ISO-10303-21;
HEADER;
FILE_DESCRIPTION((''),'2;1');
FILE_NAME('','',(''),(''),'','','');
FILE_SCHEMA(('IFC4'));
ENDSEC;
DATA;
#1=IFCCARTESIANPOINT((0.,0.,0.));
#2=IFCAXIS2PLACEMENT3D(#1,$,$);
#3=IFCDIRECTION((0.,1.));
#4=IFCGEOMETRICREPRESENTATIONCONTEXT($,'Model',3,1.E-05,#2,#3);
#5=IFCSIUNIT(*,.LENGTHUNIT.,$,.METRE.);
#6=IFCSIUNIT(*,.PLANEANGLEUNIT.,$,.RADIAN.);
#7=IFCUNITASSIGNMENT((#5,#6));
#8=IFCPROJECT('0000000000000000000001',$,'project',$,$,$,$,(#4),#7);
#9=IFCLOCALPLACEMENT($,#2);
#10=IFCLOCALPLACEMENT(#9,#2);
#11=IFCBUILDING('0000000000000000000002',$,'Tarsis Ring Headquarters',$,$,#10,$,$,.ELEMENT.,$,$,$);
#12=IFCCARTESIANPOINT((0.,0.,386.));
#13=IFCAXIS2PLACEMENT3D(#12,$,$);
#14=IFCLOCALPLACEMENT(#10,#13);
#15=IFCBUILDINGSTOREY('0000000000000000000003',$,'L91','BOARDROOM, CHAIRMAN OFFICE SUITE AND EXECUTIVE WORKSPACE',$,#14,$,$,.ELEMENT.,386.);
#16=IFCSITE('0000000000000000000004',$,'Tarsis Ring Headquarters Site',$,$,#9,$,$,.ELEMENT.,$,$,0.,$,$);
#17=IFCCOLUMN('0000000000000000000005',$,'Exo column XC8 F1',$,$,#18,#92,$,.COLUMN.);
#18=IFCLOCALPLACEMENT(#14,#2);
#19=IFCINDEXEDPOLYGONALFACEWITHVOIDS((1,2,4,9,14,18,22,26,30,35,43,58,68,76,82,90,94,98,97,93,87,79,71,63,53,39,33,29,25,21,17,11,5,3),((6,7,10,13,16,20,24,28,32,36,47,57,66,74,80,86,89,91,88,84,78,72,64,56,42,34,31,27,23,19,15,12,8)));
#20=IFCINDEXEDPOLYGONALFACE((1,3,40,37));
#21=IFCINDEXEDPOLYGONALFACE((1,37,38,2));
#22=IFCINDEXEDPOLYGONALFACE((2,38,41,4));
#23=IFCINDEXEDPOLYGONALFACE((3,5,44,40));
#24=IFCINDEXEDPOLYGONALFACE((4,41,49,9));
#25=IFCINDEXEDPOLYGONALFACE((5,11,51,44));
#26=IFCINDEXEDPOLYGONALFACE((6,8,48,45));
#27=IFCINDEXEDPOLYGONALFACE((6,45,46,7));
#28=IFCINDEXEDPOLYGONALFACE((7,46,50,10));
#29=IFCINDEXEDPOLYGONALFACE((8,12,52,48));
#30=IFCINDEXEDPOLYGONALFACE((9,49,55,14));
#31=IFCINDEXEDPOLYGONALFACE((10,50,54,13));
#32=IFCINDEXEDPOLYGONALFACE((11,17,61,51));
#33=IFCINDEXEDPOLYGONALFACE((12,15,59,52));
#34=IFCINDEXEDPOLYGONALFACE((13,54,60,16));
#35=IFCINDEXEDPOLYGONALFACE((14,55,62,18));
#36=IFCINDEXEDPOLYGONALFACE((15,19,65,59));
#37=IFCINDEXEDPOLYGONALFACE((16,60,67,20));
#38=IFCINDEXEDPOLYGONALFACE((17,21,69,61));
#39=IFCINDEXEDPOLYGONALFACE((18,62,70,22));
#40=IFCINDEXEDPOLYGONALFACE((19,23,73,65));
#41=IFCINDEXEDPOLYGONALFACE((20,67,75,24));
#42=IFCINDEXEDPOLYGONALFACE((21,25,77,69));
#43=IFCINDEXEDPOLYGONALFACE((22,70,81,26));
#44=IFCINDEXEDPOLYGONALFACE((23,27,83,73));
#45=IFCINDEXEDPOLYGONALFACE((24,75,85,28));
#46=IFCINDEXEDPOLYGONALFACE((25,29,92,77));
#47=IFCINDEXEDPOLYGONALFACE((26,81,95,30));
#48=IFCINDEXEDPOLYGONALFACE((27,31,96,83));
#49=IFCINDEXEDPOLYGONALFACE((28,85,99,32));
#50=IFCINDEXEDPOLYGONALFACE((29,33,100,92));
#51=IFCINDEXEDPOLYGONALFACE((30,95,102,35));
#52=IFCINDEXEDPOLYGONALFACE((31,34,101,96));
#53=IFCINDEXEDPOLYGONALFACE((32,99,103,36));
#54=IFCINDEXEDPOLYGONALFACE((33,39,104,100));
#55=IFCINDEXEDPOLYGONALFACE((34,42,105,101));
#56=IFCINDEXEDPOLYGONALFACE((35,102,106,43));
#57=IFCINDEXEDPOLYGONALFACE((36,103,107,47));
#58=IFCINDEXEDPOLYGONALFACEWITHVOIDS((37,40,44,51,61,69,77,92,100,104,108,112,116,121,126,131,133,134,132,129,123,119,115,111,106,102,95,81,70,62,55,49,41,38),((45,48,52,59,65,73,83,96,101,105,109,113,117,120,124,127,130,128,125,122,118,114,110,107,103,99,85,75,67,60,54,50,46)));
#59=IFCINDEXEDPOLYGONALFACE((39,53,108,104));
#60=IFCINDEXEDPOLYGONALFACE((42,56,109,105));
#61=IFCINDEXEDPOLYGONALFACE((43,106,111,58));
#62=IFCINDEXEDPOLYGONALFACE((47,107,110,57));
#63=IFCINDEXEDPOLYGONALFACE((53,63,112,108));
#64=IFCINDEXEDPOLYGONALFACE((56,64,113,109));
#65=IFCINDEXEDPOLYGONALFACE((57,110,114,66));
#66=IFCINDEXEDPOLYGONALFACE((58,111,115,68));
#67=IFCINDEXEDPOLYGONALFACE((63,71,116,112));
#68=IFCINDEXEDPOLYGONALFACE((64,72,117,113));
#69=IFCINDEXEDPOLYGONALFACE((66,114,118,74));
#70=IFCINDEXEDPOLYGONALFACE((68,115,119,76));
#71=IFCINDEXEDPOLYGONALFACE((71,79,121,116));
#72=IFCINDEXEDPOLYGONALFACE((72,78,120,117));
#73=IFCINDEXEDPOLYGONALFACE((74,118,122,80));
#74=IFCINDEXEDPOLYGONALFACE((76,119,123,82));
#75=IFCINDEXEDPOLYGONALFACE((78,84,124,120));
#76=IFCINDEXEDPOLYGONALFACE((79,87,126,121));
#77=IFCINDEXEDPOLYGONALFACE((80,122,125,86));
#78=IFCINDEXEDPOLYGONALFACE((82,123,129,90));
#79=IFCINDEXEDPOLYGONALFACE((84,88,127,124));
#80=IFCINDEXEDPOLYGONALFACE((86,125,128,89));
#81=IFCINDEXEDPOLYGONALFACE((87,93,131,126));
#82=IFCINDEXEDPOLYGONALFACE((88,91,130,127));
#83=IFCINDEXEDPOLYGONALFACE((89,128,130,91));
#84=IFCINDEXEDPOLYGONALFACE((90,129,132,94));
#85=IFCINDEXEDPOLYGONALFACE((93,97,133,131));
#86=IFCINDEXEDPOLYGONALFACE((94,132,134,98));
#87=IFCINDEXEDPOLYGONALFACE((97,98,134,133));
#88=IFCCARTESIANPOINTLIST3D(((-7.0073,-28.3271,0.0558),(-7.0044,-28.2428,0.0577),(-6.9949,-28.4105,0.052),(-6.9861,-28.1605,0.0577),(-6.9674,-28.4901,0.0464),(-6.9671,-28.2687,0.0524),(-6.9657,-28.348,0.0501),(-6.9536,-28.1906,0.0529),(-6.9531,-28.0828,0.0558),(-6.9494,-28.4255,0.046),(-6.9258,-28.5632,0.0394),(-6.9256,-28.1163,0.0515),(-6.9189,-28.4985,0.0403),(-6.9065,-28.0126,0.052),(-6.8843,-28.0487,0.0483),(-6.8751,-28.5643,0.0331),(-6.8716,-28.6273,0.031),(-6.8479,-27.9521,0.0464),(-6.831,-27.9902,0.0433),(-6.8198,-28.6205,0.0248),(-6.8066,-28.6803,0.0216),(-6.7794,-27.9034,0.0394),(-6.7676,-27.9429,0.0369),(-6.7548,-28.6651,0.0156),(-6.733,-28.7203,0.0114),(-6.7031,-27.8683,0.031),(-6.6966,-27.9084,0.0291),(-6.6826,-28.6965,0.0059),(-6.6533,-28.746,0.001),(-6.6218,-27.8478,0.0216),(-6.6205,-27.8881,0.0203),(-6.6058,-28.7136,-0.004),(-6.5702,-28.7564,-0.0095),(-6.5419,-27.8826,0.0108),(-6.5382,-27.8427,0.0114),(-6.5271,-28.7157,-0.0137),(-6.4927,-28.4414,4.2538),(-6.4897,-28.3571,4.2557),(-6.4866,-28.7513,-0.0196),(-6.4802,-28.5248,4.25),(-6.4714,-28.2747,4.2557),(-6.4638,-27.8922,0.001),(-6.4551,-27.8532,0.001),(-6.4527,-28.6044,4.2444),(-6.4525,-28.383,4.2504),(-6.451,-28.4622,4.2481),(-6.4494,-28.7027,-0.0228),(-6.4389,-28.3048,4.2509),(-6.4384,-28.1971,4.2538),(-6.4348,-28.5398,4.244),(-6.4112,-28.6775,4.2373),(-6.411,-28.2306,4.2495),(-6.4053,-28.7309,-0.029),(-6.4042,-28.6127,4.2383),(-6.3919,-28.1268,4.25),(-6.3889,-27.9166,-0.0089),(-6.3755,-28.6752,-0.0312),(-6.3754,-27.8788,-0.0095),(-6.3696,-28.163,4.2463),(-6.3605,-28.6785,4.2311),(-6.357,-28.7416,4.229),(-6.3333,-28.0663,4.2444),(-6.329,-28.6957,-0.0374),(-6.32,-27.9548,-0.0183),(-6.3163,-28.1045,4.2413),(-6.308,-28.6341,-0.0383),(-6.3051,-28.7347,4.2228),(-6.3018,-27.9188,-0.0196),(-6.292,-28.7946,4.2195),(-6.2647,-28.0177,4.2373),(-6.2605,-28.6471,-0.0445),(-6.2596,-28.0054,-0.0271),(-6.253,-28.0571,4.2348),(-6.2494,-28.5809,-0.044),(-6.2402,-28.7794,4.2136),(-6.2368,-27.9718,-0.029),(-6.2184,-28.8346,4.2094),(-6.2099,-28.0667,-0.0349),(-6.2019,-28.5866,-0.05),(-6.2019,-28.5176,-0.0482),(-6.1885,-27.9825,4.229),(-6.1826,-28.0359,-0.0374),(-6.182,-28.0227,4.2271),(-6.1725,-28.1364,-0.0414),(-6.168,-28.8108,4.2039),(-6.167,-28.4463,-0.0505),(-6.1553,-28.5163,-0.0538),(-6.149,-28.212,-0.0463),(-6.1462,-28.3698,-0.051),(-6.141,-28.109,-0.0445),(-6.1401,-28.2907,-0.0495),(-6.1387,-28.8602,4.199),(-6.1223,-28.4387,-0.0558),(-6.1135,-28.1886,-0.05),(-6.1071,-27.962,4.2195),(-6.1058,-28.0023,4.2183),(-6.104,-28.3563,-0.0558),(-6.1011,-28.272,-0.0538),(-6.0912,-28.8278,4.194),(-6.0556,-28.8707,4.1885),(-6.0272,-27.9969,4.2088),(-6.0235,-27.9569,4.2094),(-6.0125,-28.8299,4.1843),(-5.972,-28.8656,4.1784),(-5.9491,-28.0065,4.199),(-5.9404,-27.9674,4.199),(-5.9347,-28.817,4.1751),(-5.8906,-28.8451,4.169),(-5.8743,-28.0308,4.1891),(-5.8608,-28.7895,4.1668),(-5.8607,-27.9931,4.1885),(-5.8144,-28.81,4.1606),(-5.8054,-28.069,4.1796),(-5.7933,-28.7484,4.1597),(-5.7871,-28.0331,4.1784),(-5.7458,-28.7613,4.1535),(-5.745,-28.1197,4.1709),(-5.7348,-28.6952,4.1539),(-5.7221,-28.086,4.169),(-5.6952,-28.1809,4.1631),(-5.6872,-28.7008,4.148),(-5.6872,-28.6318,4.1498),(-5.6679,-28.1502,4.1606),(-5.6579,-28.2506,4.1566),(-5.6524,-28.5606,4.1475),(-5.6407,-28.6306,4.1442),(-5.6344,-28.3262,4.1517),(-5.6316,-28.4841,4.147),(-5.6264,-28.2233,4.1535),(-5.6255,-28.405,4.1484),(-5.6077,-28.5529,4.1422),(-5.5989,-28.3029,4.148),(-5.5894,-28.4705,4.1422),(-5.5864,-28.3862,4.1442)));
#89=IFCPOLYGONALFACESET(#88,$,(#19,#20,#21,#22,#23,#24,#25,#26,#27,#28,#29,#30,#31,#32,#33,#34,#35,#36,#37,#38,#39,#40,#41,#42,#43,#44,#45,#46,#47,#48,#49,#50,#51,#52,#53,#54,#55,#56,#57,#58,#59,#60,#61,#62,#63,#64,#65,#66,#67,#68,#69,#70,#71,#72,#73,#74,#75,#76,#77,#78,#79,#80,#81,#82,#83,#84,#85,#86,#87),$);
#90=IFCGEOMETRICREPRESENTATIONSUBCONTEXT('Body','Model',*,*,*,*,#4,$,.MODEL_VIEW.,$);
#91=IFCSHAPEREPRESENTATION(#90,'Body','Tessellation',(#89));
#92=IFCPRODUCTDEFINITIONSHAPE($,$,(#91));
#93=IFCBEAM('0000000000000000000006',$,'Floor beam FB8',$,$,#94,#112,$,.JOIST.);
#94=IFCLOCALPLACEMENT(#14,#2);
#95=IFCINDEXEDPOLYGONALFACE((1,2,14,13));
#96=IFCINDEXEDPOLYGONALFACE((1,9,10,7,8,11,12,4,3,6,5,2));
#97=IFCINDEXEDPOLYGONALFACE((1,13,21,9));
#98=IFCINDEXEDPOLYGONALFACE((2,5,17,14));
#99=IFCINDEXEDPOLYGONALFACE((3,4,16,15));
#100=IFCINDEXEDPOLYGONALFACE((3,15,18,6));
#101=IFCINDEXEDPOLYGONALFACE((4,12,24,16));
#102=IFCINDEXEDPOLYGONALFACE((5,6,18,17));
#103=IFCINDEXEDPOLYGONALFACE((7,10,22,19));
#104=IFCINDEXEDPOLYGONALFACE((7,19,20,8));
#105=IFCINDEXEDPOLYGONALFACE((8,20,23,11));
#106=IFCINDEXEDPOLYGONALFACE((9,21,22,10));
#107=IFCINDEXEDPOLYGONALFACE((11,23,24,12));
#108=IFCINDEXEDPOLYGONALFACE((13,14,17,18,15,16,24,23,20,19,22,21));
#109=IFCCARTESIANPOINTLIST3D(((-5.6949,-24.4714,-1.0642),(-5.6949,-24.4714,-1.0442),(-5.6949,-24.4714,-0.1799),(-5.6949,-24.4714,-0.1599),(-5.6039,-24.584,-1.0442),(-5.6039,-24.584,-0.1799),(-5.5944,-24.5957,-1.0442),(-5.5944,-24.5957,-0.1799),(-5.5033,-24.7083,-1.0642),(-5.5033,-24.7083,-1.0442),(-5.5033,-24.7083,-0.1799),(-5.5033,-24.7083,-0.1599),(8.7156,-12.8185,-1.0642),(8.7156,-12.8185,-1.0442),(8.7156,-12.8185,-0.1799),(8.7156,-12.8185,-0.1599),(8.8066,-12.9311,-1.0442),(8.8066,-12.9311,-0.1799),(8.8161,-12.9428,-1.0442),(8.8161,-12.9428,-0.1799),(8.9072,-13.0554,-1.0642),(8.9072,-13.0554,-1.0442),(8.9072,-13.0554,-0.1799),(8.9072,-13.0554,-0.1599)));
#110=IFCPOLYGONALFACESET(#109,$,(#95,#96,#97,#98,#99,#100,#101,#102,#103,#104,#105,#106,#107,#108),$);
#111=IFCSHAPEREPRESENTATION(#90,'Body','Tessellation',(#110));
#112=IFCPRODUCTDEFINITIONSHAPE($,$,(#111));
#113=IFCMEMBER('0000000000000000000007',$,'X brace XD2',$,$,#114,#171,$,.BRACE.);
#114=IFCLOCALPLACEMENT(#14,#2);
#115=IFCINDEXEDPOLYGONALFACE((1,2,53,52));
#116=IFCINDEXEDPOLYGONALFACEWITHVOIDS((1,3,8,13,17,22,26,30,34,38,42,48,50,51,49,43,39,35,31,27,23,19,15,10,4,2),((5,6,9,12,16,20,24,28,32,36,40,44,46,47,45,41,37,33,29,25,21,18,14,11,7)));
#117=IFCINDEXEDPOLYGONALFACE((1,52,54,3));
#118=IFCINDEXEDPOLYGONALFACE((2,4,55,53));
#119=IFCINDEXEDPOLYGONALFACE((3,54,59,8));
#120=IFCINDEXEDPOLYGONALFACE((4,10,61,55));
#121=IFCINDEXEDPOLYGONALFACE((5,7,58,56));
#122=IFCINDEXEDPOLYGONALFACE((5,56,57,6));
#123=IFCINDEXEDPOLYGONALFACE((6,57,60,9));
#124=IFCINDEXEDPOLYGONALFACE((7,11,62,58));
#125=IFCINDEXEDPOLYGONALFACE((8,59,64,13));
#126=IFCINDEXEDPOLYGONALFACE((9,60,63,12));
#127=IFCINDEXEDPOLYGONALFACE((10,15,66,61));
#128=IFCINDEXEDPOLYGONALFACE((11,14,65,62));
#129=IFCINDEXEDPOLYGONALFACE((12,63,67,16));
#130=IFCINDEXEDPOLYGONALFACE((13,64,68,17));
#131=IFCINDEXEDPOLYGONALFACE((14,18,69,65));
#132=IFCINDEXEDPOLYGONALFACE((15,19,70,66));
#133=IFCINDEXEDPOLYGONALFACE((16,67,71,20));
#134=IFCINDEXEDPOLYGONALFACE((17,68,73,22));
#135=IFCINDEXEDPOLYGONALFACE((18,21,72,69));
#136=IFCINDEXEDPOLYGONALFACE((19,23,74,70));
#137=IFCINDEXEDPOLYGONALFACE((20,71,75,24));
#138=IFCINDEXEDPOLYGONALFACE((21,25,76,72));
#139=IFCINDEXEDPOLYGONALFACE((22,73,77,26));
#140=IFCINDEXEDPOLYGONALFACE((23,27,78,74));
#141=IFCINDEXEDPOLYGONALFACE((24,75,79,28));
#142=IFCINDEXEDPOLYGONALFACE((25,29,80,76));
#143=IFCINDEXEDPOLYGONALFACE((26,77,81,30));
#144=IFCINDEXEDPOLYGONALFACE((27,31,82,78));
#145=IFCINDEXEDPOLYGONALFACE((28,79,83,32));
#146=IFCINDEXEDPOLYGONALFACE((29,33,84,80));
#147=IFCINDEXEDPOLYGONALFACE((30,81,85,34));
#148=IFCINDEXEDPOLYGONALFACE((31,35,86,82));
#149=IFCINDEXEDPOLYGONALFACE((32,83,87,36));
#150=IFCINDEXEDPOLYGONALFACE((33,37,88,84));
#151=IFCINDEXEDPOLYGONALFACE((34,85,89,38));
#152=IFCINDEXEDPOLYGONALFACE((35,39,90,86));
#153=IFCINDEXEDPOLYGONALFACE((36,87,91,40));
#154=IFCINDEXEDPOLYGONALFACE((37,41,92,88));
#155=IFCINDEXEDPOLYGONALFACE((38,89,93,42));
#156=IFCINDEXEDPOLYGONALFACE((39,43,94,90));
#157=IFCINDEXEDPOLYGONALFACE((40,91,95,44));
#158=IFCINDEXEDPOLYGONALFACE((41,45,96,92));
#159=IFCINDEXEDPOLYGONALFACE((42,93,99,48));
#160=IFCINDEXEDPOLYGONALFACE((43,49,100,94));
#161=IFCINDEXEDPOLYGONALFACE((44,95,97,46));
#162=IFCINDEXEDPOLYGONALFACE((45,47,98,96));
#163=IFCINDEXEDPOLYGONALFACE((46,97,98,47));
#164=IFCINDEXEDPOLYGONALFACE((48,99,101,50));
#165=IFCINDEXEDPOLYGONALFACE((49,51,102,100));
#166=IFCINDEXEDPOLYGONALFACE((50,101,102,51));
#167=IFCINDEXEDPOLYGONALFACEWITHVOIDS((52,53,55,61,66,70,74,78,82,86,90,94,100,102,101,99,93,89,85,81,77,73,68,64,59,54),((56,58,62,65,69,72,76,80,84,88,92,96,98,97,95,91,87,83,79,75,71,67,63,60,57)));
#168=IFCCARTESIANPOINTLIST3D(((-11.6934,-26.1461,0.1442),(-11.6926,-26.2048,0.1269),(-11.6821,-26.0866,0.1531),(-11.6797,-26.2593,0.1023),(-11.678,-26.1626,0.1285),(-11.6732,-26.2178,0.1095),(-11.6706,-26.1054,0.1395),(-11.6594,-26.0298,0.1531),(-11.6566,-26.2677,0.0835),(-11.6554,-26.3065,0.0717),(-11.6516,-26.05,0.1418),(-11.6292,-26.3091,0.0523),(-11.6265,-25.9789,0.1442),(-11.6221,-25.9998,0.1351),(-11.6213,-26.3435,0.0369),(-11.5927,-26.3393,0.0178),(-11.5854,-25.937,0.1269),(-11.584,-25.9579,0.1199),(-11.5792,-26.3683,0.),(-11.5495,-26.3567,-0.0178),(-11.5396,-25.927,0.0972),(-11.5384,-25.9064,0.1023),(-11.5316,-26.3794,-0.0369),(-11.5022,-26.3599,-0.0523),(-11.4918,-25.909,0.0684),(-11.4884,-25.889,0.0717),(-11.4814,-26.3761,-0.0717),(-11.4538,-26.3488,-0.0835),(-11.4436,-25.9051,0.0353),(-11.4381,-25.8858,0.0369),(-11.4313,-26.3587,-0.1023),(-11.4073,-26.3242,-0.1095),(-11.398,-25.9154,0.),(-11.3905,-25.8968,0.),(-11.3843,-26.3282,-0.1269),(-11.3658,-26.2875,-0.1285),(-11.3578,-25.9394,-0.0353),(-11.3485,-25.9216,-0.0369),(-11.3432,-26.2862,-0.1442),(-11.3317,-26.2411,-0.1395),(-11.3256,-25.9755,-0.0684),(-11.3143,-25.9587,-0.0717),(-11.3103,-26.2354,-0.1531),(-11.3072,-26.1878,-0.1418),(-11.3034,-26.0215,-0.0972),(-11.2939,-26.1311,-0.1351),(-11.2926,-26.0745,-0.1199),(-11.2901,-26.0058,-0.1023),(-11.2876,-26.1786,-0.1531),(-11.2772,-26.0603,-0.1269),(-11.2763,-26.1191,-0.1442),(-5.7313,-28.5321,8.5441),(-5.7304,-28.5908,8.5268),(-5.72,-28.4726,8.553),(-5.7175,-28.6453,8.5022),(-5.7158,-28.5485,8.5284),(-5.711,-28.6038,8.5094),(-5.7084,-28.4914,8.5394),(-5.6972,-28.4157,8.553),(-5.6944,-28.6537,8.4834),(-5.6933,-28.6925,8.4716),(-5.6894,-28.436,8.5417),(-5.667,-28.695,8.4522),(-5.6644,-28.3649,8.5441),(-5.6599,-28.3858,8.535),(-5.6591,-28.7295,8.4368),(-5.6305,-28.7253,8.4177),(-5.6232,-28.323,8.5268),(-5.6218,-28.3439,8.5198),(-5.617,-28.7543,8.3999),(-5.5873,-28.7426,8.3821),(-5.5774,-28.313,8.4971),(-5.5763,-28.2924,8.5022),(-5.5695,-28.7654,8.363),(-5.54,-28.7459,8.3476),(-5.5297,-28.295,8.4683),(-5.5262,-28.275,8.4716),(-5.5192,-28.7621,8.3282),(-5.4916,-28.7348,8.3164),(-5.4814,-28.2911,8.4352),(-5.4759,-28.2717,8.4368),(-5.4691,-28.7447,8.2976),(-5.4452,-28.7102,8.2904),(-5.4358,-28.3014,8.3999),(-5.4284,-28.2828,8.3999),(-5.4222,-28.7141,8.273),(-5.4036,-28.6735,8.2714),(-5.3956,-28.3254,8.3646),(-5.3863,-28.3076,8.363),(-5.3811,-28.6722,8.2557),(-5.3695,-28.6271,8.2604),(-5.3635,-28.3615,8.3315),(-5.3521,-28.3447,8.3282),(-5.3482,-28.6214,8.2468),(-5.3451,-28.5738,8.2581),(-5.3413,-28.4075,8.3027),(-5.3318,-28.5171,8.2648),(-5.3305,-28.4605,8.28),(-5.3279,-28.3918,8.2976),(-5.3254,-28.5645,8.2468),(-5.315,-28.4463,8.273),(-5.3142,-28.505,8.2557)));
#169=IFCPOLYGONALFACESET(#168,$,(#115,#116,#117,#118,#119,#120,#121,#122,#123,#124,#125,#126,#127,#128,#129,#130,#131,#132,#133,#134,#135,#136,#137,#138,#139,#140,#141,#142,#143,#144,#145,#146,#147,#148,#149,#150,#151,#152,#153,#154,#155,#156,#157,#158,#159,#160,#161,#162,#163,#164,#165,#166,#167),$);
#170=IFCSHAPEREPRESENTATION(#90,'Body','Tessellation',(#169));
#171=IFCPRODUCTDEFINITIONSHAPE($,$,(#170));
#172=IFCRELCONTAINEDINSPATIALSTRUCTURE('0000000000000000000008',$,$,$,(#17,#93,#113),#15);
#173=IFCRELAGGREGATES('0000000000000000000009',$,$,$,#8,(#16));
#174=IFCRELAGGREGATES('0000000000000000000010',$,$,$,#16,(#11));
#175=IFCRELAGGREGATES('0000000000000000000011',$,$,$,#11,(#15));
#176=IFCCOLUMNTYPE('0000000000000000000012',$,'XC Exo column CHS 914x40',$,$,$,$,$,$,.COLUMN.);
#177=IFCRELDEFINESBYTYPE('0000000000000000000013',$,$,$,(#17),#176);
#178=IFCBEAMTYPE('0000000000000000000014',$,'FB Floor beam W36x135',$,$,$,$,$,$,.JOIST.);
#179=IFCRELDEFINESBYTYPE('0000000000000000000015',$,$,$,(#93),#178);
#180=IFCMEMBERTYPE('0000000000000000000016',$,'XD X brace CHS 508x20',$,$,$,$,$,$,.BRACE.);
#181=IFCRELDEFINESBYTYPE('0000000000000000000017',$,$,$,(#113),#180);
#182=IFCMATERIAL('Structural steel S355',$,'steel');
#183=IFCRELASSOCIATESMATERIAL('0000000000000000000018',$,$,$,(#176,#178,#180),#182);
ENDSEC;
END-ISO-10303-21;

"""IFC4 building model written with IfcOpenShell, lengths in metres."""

from ifc_helpers import new_model, si_unit, direction, frame, origin, origin_2d, place, context, subcontext, project, spatial, hollow_circle, i_section, extrude, material, material_profile, profile_set, type_object, element, save


model = new_model("IFC4")

# Units and contexts
model_context = context("Model", 3, precision=1e-05, world=origin(), true_north=direction((0.0, 1.0)))
body_context = subcontext(model_context, "Body", "Model", "MODEL_VIEW")
ifc_project = project(units=[si_unit("LENGTHUNIT", "METRE"), si_unit("PLANEANGLEUNIT", "RADIAN")], contexts=[model_context])

# Site, building, storey
site_placement = place(None, origin())
site = spatial("IfcSite", under=ifc_project, at=site_placement, Name="Tarsis Ring Headquarters Site", CompositionType="ELEMENT", RefElevation=0.0)
building_placement = place(site_placement, origin())
building = spatial("IfcBuilding", under=site, at=building_placement, Name="Tarsis Ring Headquarters", CompositionType="ELEMENT")
storey_placement = place(building_placement, frame((0.0, 0.0, 386.0)))
storey = spatial("IfcBuildingStorey", under=building, at=storey_placement, Name="L91", Description="BOARDROOM, CHAIRMAN OFFICE SUITE AND EXECUTIVE WORKSPACE", CompositionType="ELEMENT", Elevation=386.0)

# Column
ifc_material_1 = material(Name="Structural steel S355", Category="steel")
ifc_material_profile_1 = material_profile(ifc_material_1, hollow_circle(Radius=0.457, WallThickness=0.04, at=origin_2d()), Name="CHS 914x40")
ifc_profile_set_1 = profile_set([ifc_material_profile_1], Name="Structural steel S355")
column_type = type_object("IfcColumnType", Name="XC Exo column CHS 914x40", PredefinedType="COLUMN", material=ifc_profile_set_1)
column_placement = place(storey_placement, frame((-6.5542, -28.2996, 0.001), z_axis=(0.121638, -0.027005, 0.992207), x_axis=(0.216734, 0.976231, 0.0)))
element("IfcColumn", 1, at=column_placement, inside=storey, type_object=column_type, Name="Exo column XC8 F1", PredefinedType="COLUMN", context=body_context, shape_type="SweptSolid", body=[
    extrude(hollow_circle(Radius=0.4573, WallThickness=0.04, at=origin_2d()), origin(), (0.0, 0.0, 1.0), 4.231),
])

# Beam
ifc_material_profile_2 = material_profile(ifc_material_1, i_section(OverallWidth=0.3047, OverallDepth=0.9043, WebThickness=0.0151, FlangeThickness=0.02, at=origin_2d()), Name="W36x135")
ifc_profile_set_2 = profile_set([ifc_material_profile_2], Name="Structural steel S355")
beam_type_1 = type_object("IfcBeamType", Name="FB Floor beam W36x135", PredefinedType="JOIST", material=ifc_profile_set_2)
beam_1_placement = place(storey_placement, frame((-5.5991, -24.5898, -0.6121), z_axis=(0.777581, 0.628783, 0.0), x_axis=(-0.628783, 0.777581, 0.0)))
element("IfcBeam", 2, at=beam_1_placement, inside=storey, type_object=beam_type_1, Name="Floor beam FB8", PredefinedType="JOIST", context=body_context, shape_type="SweptSolid", body=[
    extrude(i_section(OverallWidth=0.3047, OverallDepth=0.9043, WebThickness=0.0151, FlangeThickness=0.02, at=origin_2d()), origin(), (0.0, 0.0, 1.0), 18.5325),
])

# Member
ifc_material_profile_3 = material_profile(ifc_material_1, hollow_circle(Radius=0.2539, WallThickness=0.02, at=origin_2d()), Name="CHS 508x20")
ifc_profile_set_3 = profile_set([ifc_material_profile_3], Name="Structural steel S355")
member_type = type_object("IfcMemberType", Name="XD X brace CHS 508x20", PredefinedType="BRACE", material=ifc_profile_set_3)
member_1_placement = place(storey_placement, frame((-11.4849, -26.1326, 0.0), z_axis=(0.563878, -0.225657, 0.794431), x_axis=(0.371541, 0.928416, 0.0)))
element("IfcMember", 3, at=member_1_placement, inside=storey, type_object=member_type, Name="X brace XD2", PredefinedType="BRACE", context=body_context, shape_type="SweptSolid", body=[
    extrude(hollow_circle(Radius=0.2539, WallThickness=0.02, at=origin_2d()), origin(), (0.0, 0.0, 1.0), 10.5735),
])

save(model, "model.ifc")
